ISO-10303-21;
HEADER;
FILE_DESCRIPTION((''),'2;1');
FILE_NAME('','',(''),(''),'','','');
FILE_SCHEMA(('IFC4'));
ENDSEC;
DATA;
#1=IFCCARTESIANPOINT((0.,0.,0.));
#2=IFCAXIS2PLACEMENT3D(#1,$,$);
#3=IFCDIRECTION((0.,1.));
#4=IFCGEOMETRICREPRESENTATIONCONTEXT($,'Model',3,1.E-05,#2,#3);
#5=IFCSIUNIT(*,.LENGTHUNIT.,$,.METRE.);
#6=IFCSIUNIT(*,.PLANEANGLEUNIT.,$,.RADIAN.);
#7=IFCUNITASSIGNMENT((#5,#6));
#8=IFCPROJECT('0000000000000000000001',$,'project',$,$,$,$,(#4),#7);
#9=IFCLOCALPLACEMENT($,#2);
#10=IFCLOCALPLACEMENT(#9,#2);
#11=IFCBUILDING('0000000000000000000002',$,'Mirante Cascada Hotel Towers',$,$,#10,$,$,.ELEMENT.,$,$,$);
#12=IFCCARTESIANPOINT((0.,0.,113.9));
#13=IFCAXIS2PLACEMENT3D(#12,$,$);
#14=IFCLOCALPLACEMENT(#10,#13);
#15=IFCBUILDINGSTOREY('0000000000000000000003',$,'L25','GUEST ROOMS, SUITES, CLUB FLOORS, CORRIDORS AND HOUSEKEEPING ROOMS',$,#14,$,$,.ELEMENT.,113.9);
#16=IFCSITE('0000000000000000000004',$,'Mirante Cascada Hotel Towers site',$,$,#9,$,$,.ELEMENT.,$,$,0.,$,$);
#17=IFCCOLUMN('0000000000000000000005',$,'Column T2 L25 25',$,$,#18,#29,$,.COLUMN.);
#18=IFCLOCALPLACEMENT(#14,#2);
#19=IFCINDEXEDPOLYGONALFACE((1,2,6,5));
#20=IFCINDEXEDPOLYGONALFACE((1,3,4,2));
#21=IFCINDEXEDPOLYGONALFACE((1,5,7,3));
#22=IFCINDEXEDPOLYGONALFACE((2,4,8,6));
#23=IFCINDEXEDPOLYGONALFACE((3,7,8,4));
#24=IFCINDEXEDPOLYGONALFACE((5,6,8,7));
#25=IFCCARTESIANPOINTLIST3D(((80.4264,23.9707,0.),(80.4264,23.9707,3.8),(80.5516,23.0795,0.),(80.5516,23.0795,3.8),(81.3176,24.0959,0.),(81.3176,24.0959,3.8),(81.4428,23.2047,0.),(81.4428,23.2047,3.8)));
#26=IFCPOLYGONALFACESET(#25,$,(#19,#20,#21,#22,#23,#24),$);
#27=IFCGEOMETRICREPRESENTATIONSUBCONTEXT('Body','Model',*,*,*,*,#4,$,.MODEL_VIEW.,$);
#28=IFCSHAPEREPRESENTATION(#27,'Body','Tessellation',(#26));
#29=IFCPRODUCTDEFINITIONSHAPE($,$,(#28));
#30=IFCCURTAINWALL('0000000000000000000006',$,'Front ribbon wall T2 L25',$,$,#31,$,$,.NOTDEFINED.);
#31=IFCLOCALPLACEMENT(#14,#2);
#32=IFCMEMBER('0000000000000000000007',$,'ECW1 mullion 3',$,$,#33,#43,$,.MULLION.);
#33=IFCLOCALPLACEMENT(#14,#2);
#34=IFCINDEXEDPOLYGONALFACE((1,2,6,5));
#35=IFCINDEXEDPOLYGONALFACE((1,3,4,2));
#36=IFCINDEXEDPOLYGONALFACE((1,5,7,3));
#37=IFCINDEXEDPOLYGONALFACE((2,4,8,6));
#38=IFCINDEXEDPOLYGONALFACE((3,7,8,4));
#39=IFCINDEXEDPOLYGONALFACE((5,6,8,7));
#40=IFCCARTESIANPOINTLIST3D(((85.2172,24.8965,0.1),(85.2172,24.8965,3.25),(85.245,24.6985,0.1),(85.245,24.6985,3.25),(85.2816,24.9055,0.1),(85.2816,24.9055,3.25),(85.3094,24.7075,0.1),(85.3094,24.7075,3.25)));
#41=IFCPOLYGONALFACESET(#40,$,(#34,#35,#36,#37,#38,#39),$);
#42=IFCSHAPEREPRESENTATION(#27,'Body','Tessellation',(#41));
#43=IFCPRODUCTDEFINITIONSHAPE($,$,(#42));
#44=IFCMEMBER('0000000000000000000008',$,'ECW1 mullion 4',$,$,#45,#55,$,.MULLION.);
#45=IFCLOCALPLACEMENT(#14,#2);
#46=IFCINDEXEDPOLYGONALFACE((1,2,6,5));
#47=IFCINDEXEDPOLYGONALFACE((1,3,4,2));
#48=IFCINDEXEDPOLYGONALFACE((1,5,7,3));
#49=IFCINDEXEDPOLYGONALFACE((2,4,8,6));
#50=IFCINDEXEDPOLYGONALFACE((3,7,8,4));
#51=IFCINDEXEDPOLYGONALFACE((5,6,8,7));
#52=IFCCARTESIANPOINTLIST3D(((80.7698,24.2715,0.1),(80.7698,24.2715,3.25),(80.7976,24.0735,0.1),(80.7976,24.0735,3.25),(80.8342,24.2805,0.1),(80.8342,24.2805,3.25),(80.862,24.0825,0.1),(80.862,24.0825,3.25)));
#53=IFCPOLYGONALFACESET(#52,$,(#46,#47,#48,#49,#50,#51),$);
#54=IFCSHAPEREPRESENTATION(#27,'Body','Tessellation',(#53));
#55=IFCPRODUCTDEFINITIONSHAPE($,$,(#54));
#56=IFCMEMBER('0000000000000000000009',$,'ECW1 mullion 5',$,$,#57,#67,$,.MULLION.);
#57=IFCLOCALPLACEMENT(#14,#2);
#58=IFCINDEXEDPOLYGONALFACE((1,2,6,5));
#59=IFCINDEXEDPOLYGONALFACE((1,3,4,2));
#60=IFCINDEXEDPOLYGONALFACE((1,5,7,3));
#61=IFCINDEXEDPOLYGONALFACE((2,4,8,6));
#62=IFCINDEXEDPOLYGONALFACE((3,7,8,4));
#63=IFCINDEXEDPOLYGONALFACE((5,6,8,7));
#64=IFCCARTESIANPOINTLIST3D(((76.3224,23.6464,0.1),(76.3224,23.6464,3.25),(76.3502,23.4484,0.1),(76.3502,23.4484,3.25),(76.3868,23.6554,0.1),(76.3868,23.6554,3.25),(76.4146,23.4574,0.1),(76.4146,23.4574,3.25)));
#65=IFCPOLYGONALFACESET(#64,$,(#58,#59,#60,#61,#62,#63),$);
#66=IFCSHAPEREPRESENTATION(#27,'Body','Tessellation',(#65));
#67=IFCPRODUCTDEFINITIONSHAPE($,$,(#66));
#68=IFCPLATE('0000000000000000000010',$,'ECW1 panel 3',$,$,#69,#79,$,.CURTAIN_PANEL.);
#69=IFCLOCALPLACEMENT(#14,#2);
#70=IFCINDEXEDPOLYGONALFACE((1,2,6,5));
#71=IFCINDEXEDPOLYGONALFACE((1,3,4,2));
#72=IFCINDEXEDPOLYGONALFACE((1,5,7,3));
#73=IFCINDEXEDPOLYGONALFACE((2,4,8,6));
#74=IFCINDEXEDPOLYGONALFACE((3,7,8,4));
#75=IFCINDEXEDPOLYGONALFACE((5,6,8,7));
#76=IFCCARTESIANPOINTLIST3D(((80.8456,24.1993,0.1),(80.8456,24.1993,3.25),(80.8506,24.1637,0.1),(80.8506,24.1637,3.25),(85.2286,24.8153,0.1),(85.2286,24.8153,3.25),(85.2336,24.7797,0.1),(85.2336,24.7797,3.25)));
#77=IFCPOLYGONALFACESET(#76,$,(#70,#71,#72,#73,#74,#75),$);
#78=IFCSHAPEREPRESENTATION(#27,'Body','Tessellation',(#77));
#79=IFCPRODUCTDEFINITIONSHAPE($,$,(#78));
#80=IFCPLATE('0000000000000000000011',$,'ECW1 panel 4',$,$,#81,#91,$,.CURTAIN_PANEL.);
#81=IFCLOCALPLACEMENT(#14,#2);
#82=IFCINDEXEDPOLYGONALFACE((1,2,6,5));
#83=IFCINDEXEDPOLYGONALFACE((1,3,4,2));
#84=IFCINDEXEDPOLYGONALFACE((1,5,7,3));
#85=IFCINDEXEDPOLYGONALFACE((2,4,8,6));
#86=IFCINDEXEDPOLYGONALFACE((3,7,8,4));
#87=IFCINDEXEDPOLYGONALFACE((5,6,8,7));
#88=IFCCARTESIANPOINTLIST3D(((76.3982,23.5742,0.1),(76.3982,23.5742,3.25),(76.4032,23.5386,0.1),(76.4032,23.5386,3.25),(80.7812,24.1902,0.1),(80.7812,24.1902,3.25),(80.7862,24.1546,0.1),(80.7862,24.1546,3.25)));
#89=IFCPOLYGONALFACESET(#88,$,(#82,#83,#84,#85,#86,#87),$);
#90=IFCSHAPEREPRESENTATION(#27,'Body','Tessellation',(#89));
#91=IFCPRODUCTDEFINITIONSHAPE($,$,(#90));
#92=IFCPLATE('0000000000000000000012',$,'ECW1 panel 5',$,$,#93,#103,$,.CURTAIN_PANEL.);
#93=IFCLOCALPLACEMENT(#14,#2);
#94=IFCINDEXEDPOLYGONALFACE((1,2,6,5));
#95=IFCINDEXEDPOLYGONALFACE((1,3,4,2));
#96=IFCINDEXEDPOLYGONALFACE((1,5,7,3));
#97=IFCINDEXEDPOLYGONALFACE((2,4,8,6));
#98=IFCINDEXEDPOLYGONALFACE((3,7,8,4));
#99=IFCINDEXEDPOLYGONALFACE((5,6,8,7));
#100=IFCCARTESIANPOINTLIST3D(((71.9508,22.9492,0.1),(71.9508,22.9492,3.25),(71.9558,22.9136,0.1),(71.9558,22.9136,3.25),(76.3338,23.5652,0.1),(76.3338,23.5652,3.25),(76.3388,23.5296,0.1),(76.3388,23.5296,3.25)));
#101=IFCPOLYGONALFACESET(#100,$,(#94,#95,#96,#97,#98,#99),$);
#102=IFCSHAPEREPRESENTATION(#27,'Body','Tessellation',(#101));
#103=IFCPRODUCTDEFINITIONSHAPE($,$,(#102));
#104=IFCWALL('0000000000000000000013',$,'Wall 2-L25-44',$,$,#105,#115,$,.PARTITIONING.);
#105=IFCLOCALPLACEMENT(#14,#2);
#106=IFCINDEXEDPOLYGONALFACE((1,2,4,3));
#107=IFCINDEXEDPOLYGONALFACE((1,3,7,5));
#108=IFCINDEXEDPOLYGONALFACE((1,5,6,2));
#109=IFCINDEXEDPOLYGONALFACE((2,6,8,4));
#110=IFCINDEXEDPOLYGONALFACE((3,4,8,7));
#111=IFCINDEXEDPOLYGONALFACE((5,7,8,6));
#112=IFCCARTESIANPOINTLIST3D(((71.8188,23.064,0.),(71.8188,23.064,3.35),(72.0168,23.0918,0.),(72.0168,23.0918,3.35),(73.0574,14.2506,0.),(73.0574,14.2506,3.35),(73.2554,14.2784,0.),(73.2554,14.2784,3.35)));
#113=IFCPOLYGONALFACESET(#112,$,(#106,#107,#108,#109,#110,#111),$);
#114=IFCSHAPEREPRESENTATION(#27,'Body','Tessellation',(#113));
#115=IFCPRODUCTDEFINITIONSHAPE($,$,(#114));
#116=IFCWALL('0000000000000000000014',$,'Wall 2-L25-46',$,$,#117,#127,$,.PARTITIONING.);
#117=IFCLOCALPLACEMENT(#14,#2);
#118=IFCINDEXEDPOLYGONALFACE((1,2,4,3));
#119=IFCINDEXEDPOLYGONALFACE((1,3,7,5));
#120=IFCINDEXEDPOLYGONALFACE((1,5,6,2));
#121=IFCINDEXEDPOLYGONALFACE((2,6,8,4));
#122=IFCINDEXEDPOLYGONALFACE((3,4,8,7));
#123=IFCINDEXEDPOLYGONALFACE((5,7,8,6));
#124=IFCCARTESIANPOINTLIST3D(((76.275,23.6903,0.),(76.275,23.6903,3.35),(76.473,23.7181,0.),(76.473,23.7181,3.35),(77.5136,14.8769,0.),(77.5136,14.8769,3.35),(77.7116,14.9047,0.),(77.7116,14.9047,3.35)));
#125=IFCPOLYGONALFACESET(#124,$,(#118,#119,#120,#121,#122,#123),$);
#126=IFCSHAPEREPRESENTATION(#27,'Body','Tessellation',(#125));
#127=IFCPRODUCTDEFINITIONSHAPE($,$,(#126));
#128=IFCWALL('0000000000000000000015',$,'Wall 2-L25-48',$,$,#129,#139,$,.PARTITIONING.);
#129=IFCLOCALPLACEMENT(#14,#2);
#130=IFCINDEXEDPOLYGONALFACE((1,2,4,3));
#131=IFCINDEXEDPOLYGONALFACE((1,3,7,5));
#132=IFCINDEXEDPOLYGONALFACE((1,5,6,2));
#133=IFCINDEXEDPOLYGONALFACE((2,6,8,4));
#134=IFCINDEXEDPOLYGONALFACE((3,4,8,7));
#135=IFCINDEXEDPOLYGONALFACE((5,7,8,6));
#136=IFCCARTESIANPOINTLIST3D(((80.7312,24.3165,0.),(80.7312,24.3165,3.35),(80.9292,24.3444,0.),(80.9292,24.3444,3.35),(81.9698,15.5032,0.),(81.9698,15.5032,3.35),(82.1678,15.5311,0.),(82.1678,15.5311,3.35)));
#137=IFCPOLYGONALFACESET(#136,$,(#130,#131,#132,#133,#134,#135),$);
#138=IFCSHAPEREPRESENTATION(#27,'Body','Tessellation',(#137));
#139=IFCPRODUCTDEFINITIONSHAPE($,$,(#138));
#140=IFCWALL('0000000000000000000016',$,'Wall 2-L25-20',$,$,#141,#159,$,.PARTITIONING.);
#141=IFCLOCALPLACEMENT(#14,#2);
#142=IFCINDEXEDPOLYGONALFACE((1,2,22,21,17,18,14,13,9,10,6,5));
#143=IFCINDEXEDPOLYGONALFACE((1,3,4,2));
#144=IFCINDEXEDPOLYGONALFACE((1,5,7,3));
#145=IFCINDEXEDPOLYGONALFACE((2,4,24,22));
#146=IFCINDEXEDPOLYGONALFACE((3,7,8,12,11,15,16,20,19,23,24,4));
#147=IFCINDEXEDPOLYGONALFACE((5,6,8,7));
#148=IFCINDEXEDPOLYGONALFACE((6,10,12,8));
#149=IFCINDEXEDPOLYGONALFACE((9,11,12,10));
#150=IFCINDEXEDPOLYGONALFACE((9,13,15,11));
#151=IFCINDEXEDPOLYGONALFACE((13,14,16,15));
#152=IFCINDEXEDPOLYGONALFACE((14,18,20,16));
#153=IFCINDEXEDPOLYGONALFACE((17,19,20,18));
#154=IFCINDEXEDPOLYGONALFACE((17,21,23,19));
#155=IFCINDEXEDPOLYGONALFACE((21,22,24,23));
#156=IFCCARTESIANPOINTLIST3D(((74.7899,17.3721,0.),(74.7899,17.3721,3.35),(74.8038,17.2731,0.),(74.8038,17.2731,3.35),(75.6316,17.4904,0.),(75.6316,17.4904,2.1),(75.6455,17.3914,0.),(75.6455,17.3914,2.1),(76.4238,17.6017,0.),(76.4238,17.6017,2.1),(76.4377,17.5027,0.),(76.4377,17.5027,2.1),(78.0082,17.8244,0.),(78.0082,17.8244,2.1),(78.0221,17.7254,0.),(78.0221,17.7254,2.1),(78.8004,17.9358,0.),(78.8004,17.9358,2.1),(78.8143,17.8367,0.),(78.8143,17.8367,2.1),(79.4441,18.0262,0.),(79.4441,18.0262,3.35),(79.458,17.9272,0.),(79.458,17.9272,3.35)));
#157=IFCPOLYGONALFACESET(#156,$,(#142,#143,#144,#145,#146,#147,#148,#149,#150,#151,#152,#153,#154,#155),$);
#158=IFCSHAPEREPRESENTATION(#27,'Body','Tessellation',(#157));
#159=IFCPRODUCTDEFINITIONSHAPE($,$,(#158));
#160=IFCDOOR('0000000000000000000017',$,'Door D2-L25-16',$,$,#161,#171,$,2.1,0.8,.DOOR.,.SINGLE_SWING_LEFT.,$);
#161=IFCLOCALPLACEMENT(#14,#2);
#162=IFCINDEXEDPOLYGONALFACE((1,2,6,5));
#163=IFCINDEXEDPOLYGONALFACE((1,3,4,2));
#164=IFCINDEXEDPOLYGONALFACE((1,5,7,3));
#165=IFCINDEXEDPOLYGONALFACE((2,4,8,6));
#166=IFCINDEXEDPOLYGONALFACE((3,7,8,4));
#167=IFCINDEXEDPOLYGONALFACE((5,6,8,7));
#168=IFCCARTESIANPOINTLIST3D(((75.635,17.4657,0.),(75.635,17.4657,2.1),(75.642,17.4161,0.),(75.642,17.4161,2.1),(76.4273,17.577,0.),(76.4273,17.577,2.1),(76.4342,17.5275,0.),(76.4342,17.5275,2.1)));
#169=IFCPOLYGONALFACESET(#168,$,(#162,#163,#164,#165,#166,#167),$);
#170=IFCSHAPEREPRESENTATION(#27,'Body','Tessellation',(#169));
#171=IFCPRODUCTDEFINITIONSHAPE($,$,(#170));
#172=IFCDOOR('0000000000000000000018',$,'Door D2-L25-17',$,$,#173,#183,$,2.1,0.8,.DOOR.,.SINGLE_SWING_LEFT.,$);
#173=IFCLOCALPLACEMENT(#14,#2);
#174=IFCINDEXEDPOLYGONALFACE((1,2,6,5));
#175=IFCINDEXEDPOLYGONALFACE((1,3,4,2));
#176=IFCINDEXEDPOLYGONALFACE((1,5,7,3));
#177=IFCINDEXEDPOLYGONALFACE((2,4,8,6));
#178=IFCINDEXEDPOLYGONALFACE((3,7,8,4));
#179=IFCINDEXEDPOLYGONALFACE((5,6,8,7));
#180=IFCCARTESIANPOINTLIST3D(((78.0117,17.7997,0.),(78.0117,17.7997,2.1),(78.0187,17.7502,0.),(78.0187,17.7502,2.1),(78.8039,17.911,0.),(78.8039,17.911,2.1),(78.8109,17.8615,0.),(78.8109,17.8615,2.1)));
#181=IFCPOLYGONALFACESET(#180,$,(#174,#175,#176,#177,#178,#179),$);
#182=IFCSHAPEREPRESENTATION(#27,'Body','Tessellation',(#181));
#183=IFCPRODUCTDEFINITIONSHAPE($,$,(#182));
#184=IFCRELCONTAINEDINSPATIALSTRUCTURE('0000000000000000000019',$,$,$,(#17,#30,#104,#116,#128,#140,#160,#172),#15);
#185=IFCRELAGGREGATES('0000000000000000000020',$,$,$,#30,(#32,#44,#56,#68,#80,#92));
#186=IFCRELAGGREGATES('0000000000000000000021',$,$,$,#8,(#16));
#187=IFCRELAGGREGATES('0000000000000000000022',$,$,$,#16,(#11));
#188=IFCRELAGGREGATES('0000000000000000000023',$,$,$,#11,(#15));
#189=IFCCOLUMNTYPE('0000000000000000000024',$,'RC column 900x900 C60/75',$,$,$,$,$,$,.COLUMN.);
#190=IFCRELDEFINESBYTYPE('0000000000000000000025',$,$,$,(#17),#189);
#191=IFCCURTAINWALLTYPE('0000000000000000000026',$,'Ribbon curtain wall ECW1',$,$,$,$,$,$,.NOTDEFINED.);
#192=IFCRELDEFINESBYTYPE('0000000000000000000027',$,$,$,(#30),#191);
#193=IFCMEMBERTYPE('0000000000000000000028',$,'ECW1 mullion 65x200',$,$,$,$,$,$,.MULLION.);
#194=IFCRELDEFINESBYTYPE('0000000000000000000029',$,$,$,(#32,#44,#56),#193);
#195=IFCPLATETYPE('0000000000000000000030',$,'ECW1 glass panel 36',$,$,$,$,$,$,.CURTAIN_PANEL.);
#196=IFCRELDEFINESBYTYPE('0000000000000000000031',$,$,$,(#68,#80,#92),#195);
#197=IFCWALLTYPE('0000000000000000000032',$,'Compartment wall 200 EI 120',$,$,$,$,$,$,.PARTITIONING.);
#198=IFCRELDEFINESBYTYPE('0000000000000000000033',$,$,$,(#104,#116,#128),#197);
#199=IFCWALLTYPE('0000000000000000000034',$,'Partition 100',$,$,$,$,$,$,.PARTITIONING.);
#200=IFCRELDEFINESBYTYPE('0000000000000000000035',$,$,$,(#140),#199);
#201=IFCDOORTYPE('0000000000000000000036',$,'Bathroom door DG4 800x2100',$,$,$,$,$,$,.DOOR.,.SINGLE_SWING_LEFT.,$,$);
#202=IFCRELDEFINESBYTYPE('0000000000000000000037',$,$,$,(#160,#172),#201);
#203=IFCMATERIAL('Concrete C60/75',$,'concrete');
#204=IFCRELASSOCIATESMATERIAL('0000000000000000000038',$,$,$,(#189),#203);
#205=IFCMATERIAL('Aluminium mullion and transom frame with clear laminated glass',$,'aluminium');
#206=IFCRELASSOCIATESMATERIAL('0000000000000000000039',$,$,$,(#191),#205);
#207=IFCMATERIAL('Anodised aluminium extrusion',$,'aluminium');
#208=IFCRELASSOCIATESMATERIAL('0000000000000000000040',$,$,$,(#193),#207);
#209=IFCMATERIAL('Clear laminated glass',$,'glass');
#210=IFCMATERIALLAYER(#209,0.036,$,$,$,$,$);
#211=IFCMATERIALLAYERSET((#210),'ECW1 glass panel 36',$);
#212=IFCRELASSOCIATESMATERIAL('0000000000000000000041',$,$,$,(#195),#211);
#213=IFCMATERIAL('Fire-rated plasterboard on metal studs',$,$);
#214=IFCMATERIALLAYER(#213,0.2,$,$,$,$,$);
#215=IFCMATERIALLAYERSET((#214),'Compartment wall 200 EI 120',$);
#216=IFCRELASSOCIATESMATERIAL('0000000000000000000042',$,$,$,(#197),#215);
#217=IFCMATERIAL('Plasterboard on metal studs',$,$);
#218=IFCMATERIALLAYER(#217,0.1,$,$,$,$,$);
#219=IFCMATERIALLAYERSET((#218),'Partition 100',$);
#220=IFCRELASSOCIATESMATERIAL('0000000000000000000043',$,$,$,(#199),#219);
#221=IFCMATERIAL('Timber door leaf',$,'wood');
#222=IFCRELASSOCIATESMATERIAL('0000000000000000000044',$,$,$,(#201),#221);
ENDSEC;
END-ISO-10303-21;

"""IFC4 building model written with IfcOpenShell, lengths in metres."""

from ifc_helpers import new_model, si_unit, direction, frame, frame_2d, origin, origin_2d, place, context, subcontext, project, spatial, rectangle, extrude, material, layer, layer_set, material_profile, profile_set, type_object, element, fill, aggregate, save


model = new_model("IFC4")

# Units and contexts
model_context = context("Model", 3, precision=1e-05, world=origin(), true_north=direction((0.0, 1.0)))
body_context = subcontext(model_context, "Body", "Model", "MODEL_VIEW")
ifc_project = project(units=[si_unit("LENGTHUNIT", "METRE"), si_unit("PLANEANGLEUNIT", "RADIAN")], contexts=[model_context])

# Site, building, storey
site_placement = place(None, origin())
site = spatial("IfcSite", under=ifc_project, at=site_placement, Name="Mirante Cascada Hotel Towers site", CompositionType="ELEMENT", RefElevation=0.0)
building_placement = place(site_placement, origin())
building = spatial("IfcBuilding", under=site, at=building_placement, Name="Mirante Cascada Hotel Towers", CompositionType="ELEMENT")
storey_placement = place(building_placement, frame((0.0, 0.0, 113.9)))
storey = spatial("IfcBuildingStorey", under=building, at=storey_placement, Name="L25", Description="GUEST ROOMS, SUITES, CLUB FLOORS, CORRIDORS AND HOUSEKEEPING ROOMS", CompositionType="ELEMENT", Elevation=113.9)

# Column
ifc_material_1 = material(Name="Concrete C60/75", Category="concrete")
ifc_material_profile_1 = material_profile(ifc_material_1, rectangle(XDim=0.9, YDim=0.9, at=origin_2d()), Name="RC column 900x900 C60/75")
ifc_profile_set_1 = profile_set([ifc_material_profile_1], Name="Concrete C60/75")
column_type = type_object("IfcColumnType", Name="RC column 900x900 C60/75", PredefinedType="COLUMN", material=ifc_profile_set_1)
column_placement = place(storey_placement, frame((80.9346, 23.5877, 0.0), z_axis=(0.0, 0.0, 1.0), x_axis=(0.990268, 0.139173, 0.0)))
element("IfcColumn", 1, at=column_placement, inside=storey, type_object=column_type, Name="Column T2 L25 25", PredefinedType="COLUMN", context=body_context, shape_type="SweptSolid", body=[
    extrude(rectangle(XDim=0.9, YDim=0.9, at=origin_2d()), origin(), (0.0, 0.0, 1.0), 3.8),
])

# Curtain wall, members, plates
ifc_material_2 = material(Name="Aluminium mullion and transom frame with clear laminated glass", Category="aluminium")
curtain_wall_type = type_object("IfcCurtainWallType", Name="Ribbon curtain wall ECW1", PredefinedType="NOTDEFINED", material=ifc_material_2)
curtain_wall_placement = place(storey_placement, origin())
curtain_wall = element("IfcCurtainWall", 2, at=curtain_wall_placement, inside=storey, type_object=curtain_wall_type, Name="Front ribbon wall T2 L25", PredefinedType="NOTDEFINED")
ifc_material_3 = material(Name="Anodised aluminium extrusion", Category="aluminium")
ifc_material_profile_2 = material_profile(ifc_material_3, rectangle(XDim=0.2, YDim=0.065, at=origin_2d()), Name="ECW1 MULLION 65x200")
ifc_profile_set_2 = profile_set([ifc_material_profile_2], Name="Anodised aluminium extrusion")
member_type = type_object("IfcMemberType", Name="ECW1 mullion 65x200", PredefinedType="MULLION", material=ifc_profile_set_2)
member_1_placement = place(storey_placement, frame((85.2633, 24.802, 0.1), z_axis=(0.0, 0.0, 1.0), x_axis=(0.139173, -0.990268, 0.0)))
member_1 = element("IfcMember", 3, at=member_1_placement, type_object=member_type, Name="ECW1 mullion 3", PredefinedType="MULLION", context=body_context, shape_type="SweptSolid", body=[
    extrude(rectangle(XDim=0.2, YDim=0.065, at=origin_2d()), origin(), (0.0, 0.0, 1.0), 3.15),
])
member_2_placement = place(storey_placement, frame((80.8159, 24.177, 0.1), z_axis=(0.0, 0.0, 1.0), x_axis=(0.139173, -0.990268, 0.0)))
member_2 = element("IfcMember", 4, at=member_2_placement, type_object=member_type, Name="ECW1 mullion 4", PredefinedType="MULLION", context=body_context, shape_type="SweptSolid", body=[
    extrude(rectangle(XDim=0.2, YDim=0.065, at=origin_2d()), origin(), (0.0, 0.0, 1.0), 3.15),
])
member_3_placement = place(storey_placement, frame((76.3685, 23.5519, 0.1), z_axis=(0.0, 0.0, 1.0), x_axis=(0.139173, -0.990268, 0.0)))
member_3 = element("IfcMember", 5, at=member_3_placement, type_object=member_type, Name="ECW1 mullion 5", PredefinedType="MULLION", context=body_context, shape_type="SweptSolid", body=[
    extrude(rectangle(XDim=0.2, YDim=0.065, at=origin_2d()), origin(), (0.0, 0.0, 1.0), 3.15),
])
ifc_material_4 = material(Name="Clear laminated glass", Category="glass")
ifc_layer_1 = layer(ifc_material_4, 0.036)
ifc_layer_set_1 = layer_set([ifc_layer_1], Name="ECW1 glass panel 36")
plate_type = type_object("IfcPlateType", Name="ECW1 glass panel 36", PredefinedType="CURTAIN_PANEL", material=ifc_layer_set_1)
plate_1_placement = place(storey_placement, frame((83.0396, 24.4895, 0.1), z_axis=(0.0, 0.0, 1.0), x_axis=(-0.990268, -0.139173, 0.0)))
plate_1 = element("IfcPlate", 6, at=plate_1_placement, type_object=plate_type, Name="ECW1 panel 3", PredefinedType="CURTAIN_PANEL", context=body_context, shape_type="SweptSolid", body=[
    extrude(rectangle(XDim=4.4261, YDim=0.036, at=origin_2d()), origin(), (0.0, 0.0, 1.0), 3.15),
])
plate_2_placement = place(storey_placement, frame((78.5922, 23.8644, 0.1), z_axis=(0.0, 0.0, 1.0), x_axis=(-0.990268, -0.139173, 0.0)))
plate_2 = element("IfcPlate", 7, at=plate_2_placement, type_object=plate_type, Name="ECW1 panel 4", PredefinedType="CURTAIN_PANEL", context=body_context, shape_type="SweptSolid", body=[
    extrude(rectangle(XDim=4.4261, YDim=0.036, at=origin_2d()), origin(), (0.0, 0.0, 1.0), 3.15),
])
plate_3_placement = place(storey_placement, frame((74.1448, 23.2394, 0.1), z_axis=(0.0, 0.0, 1.0), x_axis=(-0.990268, -0.139173, 0.0)))
plate_3 = element("IfcPlate", 8, at=plate_3_placement, type_object=plate_type, Name="ECW1 panel 5", PredefinedType="CURTAIN_PANEL", context=body_context, shape_type="SweptSolid", body=[
    extrude(rectangle(XDim=4.4261, YDim=0.036, at=origin_2d()), origin(), (0.0, 0.0, 1.0), 3.15),
])
aggregate(curtain_wall, [member_1, member_2, member_3, plate_1, plate_2, plate_3])

# Walls
ifc_material_5 = material(Name="Fire-rated plasterboard on metal studs")
ifc_layer_2 = layer(ifc_material_5, 0.2)
ifc_layer_set_2 = layer_set([ifc_layer_2], Name="Compartment wall 200 EI 120")
wall_type_1 = type_object("IfcWallType", Name="Compartment wall 200 EI 120", PredefinedType="PARTITIONING", material=ifc_layer_set_2)
for number, where, z_axis, x_axis, name in (
    (9, (73.1564, 14.2645, 0.0), (0.0, 0.0, 1.0), (-0.139168, 0.990269, 0.0), "Wall 2-L25-44"),
    (10, (77.6126, 14.8908, 0.0), (0.0, 0.0, 1.0), (-0.139168, 0.990269, 0.0), "Wall 2-L25-46"),
):
    element("IfcWall", number, at=place(storey_placement, frame(where, z_axis=z_axis, x_axis=x_axis)), inside=storey, type_object=wall_type_1, Name=name, PredefinedType="PARTITIONING", context=body_context, shape_type="SweptSolid", body=[
        extrude(rectangle(XDim=8.9, YDim=0.2, at=frame_2d((4.45, 0.0))), origin(), (0.0, 0.0, 1.0), 3.35),
    ])
wall_1_placement = place(storey_placement, frame((82.0688, 15.5171, 0.0), z_axis=(0.0, 0.0, 1.0), x_axis=(-0.13917, 0.990268, 0.0)))
element("IfcWall", 11, at=wall_1_placement, inside=storey, type_object=wall_type_1, Name="Wall 2-L25-48", PredefinedType="PARTITIONING", context=body_context, shape_type="SweptSolid", body=[
    extrude(rectangle(XDim=8.8999, YDim=0.2, at=frame_2d((4.45, 0.0))), origin(), (0.0, 0.0, 1.0), 3.35),
])

# Wall, openings, doors
ifc_material_6 = material(Name="Plasterboard on metal studs")
ifc_layer_3 = layer(ifc_material_6, 0.1)
ifc_layer_set_3 = layer_set([ifc_layer_3], Name="Partition 100")
wall_type_2 = type_object("IfcWallType", Name="Partition 100", PredefinedType="PARTITIONING", material=ifc_layer_set_3)
wall_2_placement = place(storey_placement, frame((74.7968, 17.3226, 0.0), z_axis=(0.0, 0.0, 1.0), x_axis=(0.990268, 0.139172, 0.0)))
wall_2 = element("IfcWall", 12, at=wall_2_placement, inside=storey, type_object=wall_type_2, Name="Wall 2-L25-20", PredefinedType="PARTITIONING", context=body_context, shape_type="SweptSolid", body=[
    extrude(rectangle(XDim=4.6999, YDim=0.1, at=frame_2d((2.35, 0.0))), origin(), (0.0, 0.0, 1.0), 3.35),
])
opening_1_placement = place(wall_2_placement, frame((0.85, 0.0, 0.0)))
opening_1 = element("IfcOpeningElement", 13, at=opening_1_placement, cuts=wall_2, PredefinedType="OPENING", context=body_context, shape_type="SweptSolid", body=[
    extrude(rectangle(XDim=0.8, YDim=2.1, at=frame_2d((0.4, 1.05))), frame((0.0, 0.05, 0.0), z_axis=(0.0, -1.0, 0.0), x_axis=(1.0, 0.0, 0.0)), (0.0, 0.0, 1.0), 0.1),
])
opening_2_placement = place(wall_2_placement, frame((3.25, 0.0, 0.0)))
opening_2 = element("IfcOpeningElement", 14, at=opening_2_placement, cuts=wall_2, PredefinedType="OPENING", context=body_context, shape_type="SweptSolid", body=[
    extrude(rectangle(XDim=0.8, YDim=2.1, at=frame_2d((0.4, 1.05))), frame((0.0, 0.05, 0.0), z_axis=(0.0, -1.0, 0.0), x_axis=(1.0, 0.0, 0.0)), (0.0, 0.0, 1.0), 0.1),
])
ifc_material_7 = material(Name="Timber door leaf", Category="wood")
door_type = type_object("IfcDoorType", Name="Bathroom door DG4 800x2100", OperationType="SINGLE_SWING_LEFT", PredefinedType="DOOR", material=ifc_material_7)
door_1_placement = place(opening_1_placement, origin())
door_1 = element("IfcDoor", 15, at=door_1_placement, inside=storey, type_object=door_type, Name="Door D2-L25-16", OperationType="SINGLE_SWING_LEFT", OverallHeight=2.1, OverallWidth=0.8, PredefinedType="DOOR", context=body_context, shape_type="SweptSolid", body=[
    extrude(rectangle(XDim=0.8, YDim=2.1, at=frame_2d((0.4, 1.05))), frame((0.0, 0.025, 0.0), z_axis=(0.0, -1.0, 0.0), x_axis=(1.0, 0.0, 0.0)), (0.0, 0.0, 1.0), 0.05),
])
fill(opening_1, door_1)
door_2_placement = place(opening_2_placement, origin())
door_2 = element("IfcDoor", 16, at=door_2_placement, inside=storey, type_object=door_type, Name="Door D2-L25-17", OperationType="SINGLE_SWING_LEFT", OverallHeight=2.1, OverallWidth=0.8, PredefinedType="DOOR", context=body_context, shape_type="SweptSolid", body=[
    extrude(rectangle(XDim=0.8, YDim=2.1, at=frame_2d((0.4, 1.05))), frame((0.0, 0.025, 0.0), z_axis=(0.0, -1.0, 0.0), x_axis=(1.0, 0.0, 0.0)), (0.0, 0.0, 1.0), 0.05),
])
fill(opening_2, door_2)

save(model, "model.ifc")
